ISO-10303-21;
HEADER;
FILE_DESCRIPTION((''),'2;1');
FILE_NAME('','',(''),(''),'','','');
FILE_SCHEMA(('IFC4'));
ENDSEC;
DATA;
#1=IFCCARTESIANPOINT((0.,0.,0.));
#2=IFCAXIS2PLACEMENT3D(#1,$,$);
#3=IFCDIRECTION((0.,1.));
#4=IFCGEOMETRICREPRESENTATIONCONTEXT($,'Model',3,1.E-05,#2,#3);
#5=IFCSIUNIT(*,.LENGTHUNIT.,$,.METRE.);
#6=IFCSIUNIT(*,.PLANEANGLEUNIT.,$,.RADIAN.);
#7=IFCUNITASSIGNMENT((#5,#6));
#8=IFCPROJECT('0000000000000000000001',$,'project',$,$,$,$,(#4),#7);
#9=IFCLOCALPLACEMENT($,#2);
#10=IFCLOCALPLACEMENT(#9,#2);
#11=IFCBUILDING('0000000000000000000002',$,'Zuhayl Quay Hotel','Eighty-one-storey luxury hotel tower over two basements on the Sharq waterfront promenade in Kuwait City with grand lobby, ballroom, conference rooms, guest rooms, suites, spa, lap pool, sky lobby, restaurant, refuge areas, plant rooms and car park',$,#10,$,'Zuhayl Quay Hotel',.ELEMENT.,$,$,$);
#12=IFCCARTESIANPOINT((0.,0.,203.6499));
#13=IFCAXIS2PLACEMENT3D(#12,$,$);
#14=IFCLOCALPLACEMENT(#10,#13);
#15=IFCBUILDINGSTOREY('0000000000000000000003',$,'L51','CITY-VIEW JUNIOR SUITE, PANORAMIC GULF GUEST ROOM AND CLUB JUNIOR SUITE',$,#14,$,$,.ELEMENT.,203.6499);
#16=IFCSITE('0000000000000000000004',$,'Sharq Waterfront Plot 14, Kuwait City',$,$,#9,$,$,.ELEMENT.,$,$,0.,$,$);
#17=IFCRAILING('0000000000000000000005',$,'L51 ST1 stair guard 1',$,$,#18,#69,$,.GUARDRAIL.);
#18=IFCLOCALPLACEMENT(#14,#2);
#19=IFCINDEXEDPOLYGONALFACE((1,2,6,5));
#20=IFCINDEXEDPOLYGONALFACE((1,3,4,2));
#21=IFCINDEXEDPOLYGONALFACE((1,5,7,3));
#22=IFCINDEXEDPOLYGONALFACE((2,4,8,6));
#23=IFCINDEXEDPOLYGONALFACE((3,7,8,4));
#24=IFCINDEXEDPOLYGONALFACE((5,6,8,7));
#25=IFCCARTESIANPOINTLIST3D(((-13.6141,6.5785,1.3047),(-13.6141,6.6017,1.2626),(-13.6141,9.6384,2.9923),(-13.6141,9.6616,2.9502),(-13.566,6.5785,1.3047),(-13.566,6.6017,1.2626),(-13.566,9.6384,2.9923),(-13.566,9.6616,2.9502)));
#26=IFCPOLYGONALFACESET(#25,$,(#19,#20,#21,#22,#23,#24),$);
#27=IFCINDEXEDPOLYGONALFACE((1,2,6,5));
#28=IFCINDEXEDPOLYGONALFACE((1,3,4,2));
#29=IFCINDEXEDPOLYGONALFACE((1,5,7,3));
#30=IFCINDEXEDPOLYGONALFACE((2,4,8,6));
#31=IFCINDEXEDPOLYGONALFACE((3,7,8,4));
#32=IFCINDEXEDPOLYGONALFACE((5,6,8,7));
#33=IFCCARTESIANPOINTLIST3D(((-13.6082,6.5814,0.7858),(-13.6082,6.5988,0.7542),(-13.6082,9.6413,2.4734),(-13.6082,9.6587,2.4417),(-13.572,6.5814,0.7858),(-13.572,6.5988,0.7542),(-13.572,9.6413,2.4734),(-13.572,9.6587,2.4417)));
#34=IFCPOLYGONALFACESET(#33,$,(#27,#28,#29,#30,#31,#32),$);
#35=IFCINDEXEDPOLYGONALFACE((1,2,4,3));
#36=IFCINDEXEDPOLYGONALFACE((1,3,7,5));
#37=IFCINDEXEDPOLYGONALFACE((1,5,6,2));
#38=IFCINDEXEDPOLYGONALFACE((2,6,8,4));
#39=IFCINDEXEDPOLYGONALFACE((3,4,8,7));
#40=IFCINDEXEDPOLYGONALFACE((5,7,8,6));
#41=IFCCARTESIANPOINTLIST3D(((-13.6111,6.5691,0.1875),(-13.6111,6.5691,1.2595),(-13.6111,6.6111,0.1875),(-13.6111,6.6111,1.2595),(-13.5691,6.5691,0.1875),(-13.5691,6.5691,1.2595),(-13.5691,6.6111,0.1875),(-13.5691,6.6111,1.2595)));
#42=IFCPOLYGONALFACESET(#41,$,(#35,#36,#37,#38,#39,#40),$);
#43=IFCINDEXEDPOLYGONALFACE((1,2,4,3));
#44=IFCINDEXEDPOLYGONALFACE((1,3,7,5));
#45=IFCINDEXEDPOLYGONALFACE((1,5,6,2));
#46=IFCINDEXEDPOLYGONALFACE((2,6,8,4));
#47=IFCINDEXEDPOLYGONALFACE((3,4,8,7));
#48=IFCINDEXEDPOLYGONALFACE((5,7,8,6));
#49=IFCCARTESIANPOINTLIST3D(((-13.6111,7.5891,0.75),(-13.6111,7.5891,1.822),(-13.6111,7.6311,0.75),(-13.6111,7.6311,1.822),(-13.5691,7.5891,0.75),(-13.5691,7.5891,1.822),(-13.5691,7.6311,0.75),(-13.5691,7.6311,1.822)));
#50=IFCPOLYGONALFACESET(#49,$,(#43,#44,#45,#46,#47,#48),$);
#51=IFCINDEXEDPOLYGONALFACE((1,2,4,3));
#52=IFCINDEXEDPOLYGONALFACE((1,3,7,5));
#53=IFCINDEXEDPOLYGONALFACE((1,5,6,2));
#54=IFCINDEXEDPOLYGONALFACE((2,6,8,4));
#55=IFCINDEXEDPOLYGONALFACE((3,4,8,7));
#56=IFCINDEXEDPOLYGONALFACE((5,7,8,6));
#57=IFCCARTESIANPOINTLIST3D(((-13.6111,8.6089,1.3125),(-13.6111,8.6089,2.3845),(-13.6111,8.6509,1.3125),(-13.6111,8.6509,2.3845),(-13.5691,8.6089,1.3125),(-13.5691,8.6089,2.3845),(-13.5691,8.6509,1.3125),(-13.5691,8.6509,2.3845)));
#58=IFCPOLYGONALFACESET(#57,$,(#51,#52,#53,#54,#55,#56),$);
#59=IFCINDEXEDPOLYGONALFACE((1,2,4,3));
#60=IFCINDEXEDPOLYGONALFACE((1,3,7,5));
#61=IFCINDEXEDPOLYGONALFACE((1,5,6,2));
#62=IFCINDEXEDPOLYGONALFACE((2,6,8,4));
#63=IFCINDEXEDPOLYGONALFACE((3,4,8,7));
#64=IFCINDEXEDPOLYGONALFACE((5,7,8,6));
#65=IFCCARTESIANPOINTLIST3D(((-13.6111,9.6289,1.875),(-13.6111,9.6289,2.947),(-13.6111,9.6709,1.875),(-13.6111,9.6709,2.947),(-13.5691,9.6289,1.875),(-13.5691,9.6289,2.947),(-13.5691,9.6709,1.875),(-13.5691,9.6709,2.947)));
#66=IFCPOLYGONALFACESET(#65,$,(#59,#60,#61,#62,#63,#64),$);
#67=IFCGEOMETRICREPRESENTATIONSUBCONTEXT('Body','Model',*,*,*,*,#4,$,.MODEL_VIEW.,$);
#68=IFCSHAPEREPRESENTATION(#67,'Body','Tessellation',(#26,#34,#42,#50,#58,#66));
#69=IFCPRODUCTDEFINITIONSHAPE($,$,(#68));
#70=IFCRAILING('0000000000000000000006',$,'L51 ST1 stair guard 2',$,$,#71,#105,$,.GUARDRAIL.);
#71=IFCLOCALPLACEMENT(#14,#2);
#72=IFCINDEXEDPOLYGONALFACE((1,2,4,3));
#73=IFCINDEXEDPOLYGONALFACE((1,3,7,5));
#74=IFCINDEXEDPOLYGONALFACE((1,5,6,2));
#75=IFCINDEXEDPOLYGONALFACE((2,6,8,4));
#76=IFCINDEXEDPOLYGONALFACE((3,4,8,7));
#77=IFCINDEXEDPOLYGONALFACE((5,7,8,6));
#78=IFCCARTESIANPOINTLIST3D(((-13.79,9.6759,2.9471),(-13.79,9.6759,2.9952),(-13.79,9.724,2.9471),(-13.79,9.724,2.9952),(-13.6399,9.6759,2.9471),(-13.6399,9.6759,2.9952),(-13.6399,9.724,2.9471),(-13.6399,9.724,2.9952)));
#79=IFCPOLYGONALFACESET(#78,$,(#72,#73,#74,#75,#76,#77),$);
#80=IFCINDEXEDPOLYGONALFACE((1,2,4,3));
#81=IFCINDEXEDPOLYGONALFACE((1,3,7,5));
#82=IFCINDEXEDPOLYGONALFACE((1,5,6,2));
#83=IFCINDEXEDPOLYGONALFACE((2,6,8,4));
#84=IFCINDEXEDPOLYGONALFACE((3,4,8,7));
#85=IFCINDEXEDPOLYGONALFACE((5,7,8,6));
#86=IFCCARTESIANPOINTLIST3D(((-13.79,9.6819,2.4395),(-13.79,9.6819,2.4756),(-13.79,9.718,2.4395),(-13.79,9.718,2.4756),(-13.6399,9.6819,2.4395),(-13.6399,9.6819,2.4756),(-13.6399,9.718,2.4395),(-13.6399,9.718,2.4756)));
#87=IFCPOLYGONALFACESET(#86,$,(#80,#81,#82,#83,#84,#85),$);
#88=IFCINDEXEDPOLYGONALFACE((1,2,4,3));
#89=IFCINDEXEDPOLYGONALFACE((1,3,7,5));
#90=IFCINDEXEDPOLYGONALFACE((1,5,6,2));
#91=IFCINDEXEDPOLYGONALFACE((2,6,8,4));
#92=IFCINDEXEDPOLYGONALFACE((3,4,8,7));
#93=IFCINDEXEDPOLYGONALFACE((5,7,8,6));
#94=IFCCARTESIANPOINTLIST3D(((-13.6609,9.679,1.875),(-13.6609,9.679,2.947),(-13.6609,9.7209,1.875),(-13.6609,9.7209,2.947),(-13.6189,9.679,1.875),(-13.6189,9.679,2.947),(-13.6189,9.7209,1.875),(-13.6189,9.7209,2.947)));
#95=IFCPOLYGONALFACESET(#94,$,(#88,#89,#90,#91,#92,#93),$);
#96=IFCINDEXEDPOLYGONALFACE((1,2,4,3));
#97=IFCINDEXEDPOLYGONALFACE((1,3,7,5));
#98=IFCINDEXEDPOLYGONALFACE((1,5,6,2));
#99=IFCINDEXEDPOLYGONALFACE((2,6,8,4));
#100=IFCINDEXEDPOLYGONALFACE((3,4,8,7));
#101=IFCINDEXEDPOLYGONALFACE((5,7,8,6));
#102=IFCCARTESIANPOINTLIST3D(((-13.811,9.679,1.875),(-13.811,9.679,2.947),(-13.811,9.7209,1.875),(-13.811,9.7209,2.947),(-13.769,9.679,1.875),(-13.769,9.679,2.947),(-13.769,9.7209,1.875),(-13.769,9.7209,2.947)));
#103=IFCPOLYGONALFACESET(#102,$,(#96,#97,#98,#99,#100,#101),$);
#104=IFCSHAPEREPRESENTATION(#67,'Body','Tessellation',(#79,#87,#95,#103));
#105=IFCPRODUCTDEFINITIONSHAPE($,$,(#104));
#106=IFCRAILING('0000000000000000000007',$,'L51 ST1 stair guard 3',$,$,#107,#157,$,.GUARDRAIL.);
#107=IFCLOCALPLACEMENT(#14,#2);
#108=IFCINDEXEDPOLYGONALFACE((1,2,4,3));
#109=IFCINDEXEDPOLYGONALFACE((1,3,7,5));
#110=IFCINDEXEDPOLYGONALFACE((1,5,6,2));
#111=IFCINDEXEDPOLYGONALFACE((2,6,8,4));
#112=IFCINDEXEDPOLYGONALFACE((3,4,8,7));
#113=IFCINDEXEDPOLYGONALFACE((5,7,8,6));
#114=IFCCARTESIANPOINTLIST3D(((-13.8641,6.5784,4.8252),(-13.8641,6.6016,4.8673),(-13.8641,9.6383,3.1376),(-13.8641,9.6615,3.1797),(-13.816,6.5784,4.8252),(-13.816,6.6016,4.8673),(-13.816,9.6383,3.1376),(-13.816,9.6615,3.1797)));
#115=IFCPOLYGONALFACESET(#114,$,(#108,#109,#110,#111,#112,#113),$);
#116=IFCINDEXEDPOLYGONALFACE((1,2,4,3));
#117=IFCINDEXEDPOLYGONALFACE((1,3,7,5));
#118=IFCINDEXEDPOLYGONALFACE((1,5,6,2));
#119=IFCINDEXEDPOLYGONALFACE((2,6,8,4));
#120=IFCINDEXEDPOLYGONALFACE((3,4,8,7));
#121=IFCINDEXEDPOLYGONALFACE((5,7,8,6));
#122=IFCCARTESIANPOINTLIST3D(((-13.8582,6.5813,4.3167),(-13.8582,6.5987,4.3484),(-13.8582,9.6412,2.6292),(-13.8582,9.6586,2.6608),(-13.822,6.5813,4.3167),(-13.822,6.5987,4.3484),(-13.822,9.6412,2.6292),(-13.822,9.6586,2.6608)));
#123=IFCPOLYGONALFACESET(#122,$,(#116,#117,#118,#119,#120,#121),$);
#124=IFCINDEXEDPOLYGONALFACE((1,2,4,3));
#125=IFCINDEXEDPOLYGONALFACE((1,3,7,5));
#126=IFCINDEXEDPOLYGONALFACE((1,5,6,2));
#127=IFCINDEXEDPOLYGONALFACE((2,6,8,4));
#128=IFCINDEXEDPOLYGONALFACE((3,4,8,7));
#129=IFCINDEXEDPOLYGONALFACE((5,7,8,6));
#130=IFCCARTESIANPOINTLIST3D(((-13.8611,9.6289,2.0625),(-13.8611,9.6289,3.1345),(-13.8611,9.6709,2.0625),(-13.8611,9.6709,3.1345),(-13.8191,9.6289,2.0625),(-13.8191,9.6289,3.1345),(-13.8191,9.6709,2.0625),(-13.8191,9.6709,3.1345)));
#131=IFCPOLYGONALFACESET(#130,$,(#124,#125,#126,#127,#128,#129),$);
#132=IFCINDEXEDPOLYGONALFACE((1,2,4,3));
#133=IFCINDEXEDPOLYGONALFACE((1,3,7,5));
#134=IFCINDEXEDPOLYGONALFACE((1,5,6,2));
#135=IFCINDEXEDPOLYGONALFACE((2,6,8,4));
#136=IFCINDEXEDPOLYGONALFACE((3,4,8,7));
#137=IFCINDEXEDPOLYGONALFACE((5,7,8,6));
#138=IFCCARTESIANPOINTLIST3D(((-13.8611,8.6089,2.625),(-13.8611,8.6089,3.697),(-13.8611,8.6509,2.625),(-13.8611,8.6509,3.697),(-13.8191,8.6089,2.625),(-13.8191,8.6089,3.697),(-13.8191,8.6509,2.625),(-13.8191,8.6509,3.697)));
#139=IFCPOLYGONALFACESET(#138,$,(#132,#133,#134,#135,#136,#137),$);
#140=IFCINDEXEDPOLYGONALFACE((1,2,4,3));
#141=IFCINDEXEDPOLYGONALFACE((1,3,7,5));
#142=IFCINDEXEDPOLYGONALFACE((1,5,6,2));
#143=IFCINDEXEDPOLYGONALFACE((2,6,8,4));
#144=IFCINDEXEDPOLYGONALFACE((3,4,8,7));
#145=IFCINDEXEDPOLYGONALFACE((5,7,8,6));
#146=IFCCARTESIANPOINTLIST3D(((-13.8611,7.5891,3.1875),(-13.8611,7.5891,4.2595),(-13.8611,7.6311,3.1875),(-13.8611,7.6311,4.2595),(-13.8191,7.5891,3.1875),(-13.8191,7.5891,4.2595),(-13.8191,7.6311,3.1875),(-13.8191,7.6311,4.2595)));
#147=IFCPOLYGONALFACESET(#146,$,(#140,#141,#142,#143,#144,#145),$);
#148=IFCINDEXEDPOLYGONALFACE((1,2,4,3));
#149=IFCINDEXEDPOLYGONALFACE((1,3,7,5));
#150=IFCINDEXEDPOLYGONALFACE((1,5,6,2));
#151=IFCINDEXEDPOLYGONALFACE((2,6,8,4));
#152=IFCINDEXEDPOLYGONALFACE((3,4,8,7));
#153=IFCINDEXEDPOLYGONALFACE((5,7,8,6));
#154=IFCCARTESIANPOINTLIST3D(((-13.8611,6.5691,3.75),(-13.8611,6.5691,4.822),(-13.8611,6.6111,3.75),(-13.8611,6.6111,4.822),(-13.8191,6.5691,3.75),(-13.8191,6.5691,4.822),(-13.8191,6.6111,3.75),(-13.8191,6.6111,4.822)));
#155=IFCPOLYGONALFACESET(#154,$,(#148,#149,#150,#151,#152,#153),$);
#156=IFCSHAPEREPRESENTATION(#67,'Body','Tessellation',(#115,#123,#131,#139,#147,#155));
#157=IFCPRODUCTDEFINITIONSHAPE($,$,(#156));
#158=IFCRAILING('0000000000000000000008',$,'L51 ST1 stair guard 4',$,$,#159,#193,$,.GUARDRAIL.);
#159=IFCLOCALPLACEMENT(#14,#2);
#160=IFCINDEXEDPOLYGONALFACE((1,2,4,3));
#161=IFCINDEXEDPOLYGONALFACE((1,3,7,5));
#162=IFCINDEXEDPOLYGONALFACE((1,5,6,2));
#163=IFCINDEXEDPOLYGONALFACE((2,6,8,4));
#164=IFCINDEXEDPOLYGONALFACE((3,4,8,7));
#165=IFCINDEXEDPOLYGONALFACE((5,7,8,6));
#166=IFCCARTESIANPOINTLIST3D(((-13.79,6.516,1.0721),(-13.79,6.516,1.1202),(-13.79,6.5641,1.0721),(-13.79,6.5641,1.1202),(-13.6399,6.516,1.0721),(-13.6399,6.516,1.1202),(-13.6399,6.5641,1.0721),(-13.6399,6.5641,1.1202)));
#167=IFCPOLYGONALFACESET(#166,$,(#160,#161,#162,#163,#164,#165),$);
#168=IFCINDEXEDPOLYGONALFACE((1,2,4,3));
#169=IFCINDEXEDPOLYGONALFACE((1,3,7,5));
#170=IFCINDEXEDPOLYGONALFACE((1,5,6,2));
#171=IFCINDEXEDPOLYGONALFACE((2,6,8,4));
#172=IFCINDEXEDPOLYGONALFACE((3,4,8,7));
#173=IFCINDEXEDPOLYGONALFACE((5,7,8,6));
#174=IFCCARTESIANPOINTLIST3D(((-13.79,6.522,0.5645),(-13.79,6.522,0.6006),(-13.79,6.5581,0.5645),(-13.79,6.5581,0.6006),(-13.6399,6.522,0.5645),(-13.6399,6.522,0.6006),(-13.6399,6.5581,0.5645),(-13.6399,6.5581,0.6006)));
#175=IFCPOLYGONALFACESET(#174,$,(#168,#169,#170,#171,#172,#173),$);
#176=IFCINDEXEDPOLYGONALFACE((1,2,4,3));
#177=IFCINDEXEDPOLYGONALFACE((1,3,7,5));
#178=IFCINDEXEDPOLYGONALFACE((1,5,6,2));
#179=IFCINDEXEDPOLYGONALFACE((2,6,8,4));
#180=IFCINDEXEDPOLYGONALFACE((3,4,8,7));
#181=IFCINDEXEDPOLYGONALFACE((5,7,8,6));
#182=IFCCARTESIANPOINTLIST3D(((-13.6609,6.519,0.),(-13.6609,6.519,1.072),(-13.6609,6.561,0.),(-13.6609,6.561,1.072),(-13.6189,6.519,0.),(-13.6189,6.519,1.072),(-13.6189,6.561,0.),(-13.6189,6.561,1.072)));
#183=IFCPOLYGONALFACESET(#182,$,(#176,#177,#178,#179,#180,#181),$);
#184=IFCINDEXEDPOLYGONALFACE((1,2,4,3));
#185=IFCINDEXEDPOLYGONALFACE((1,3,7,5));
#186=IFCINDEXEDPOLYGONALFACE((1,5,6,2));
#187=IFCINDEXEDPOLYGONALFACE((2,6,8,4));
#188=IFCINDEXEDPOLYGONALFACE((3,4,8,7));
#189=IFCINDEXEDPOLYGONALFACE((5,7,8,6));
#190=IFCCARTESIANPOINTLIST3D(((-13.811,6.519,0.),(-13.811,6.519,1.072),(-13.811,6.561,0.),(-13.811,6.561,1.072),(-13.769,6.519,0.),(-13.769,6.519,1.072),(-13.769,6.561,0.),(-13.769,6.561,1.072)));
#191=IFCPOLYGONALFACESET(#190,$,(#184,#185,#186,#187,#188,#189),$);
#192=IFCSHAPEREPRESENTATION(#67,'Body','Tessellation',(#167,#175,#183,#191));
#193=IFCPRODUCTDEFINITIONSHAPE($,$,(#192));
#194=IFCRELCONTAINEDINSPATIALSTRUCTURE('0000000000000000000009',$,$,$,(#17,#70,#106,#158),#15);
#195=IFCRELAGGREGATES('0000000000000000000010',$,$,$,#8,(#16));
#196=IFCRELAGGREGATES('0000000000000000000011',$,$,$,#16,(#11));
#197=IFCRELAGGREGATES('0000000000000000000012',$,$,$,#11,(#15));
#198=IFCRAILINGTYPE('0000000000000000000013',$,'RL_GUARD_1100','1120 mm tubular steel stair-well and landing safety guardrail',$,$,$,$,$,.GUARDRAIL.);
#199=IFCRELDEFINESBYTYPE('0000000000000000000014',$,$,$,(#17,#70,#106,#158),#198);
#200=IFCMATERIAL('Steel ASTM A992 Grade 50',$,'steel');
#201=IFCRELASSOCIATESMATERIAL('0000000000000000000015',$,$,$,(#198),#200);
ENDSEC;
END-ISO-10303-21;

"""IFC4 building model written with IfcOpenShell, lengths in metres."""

from ifc_helpers import new_model, si_unit, direction, frame, origin, origin_2d, place, context, subcontext, project, spatial, rectangle, extrude, material, type_object, element, save


model = new_model("IFC4")

# Units and contexts
model_context = context("Model", 3, precision=1e-05, world=origin(), true_north=direction((0.0, 1.0)))
body_context = subcontext(model_context, "Body", "Model", "MODEL_VIEW")
ifc_project = project(units=[si_unit("LENGTHUNIT", "METRE"), si_unit("PLANEANGLEUNIT", "RADIAN")], contexts=[model_context])

# Site, building, storey
site_placement = place(None, origin())
site = spatial("IfcSite", under=ifc_project, at=site_placement, Name="Sharq Waterfront Plot 14, Kuwait City", CompositionType="ELEMENT", RefElevation=0.0)
building_placement = place(site_placement, origin())
building = spatial("IfcBuilding", under=site, at=building_placement, Name="Zuhayl Quay Hotel", Description="Eighty-one-storey luxury hotel tower over two basements on the Sharq waterfront promenade in Kuwait City with grand lobby, ballroom, conference rooms, guest rooms, suites, spa, lap pool, sky lobby, restaurant, refuge areas, plant rooms and car park", LongName="Zuhayl Quay Hotel", CompositionType="ELEMENT")
storey_placement = place(building_placement, frame((0.0, 0.0, 203.6499)))
storey = spatial("IfcBuildingStorey", under=building, at=storey_placement, Name="L51", Description="CITY-VIEW JUNIOR SUITE, PANORAMIC GULF GUEST ROOM AND CLUB JUNIOR SUITE", CompositionType="ELEMENT", Elevation=203.6499)

# Shared definitions
ifc_material_1 = material(Name="Steel ASTM A992 Grade 50", Category="steel")

# Railings
railing_type_1 = type_object("IfcRailingType", Name="RL_GUARD_1100", Description="1120 mm tubular steel stair-well and landing safety guardrail", PredefinedType="GUARDRAIL", material=ifc_material_1)
railing_1_placement = place(storey_placement, frame((-13.5901, 6.5901, 0.1875)))
element("IfcRailing", 1, at=railing_1_placement, inside=storey, type_object=railing_type_1, Name="L51 ST1 stair guard 1", PredefinedType="GUARDRAIL", context=body_context, shape_type="SweptSolid", body=[
    extrude(rectangle(XDim=0.0481, YDim=0.0481, at=origin_2d()), frame((0.0, 0.0, 1.0962), z_axis=(0.0, 0.875659, 0.48293), x_axis=(-1.0, 0.0, 0.0)), (0.0, 0.0, 1.0), 3.4944),
    extrude(rectangle(XDim=0.0361, YDim=0.0361, at=origin_2d()), frame((0.0, 0.0, 0.5825), z_axis=(0.0, 0.875659, 0.48293), x_axis=(-1.0, 0.0, 0.0)), (0.0, 0.0, 1.0), 3.4944),
    extrude(rectangle(XDim=0.042, YDim=0.042, at=origin_2d()), origin(), (0.0, 0.0, 1.0), 1.072),
    extrude(rectangle(XDim=0.042, YDim=0.042, at=origin_2d()), frame((0.0, 1.02, 0.5625)), (0.0, 0.0, 1.0), 1.072),
    extrude(rectangle(XDim=0.042, YDim=0.042, at=origin_2d()), frame((0.0, 2.0398, 1.125)), (0.0, 0.0, 1.0), 1.072),
    extrude(rectangle(XDim=0.042, YDim=0.042, at=origin_2d()), frame((0.0, 3.0598, 1.6875)), (0.0, 0.0, 1.0), 1.072),
])
railing_2_placement = place(storey_placement, frame((-13.6399, 9.7, 1.875)))
element("IfcRailing", 2, at=railing_2_placement, inside=storey, type_object=railing_type_1, Name="L51 ST1 stair guard 2", PredefinedType="GUARDRAIL", context=body_context, shape_type="SweptSolid", body=[
    extrude(rectangle(XDim=0.0481, YDim=0.0481, at=origin_2d()), frame((0.0, 0.0, 1.0962), z_axis=(-1.0, 0.0, 0.0), x_axis=(0.0, -1.0, 0.0)), (0.0, 0.0, 1.0), 0.1501),
    extrude(rectangle(XDim=0.0361, YDim=0.0361, at=origin_2d()), frame((0.0, 0.0, 0.5825), z_axis=(-1.0, 0.0, 0.0), x_axis=(0.0, -1.0, 0.0)), (0.0, 0.0, 1.0), 0.1501),
    extrude(rectangle(XDim=0.042, YDim=0.042, at=origin_2d()), origin(), (0.0, 0.0, 1.0), 1.072),
    extrude(rectangle(XDim=0.042, YDim=0.042, at=origin_2d()), frame((-0.1501, 0.0, 0.0)), (0.0, 0.0, 1.0), 1.072),
])
railing_3_placement = place(storey_placement, frame((-13.8401, 9.6499, 2.0625)))
element("IfcRailing", 3, at=railing_3_placement, inside=storey, type_object=railing_type_1, Name="L51 ST1 stair guard 3", PredefinedType="GUARDRAIL", context=body_context, shape_type="SweptSolid", body=[
    extrude(rectangle(XDim=0.0481, YDim=0.0481, at=origin_2d()), frame((0.0, 0.0, 1.0962), z_axis=(0.0, -0.875659, 0.48293), x_axis=(1.0, 0.0, 0.0)), (0.0, 0.0, 1.0), 3.4944),
    extrude(rectangle(XDim=0.0361, YDim=0.0361, at=origin_2d()), frame((0.0, 0.0, 0.5825), z_axis=(0.0, -0.875659, 0.48293), x_axis=(1.0, 0.0, 0.0)), (0.0, 0.0, 1.0), 3.4944),
    extrude(rectangle(XDim=0.042, YDim=0.042, at=origin_2d()), origin(), (0.0, 0.0, 1.0), 1.072),
    extrude(rectangle(XDim=0.042, YDim=0.042, at=origin_2d()), frame((0.0, -1.02, 0.5625)), (0.0, 0.0, 1.0), 1.072),
    extrude(rectangle(XDim=0.042, YDim=0.042, at=origin_2d()), frame((0.0, -2.0398, 1.125)), (0.0, 0.0, 1.0), 1.072),
    extrude(rectangle(XDim=0.042, YDim=0.042, at=origin_2d()), frame((0.0, -3.0598, 1.6875)), (0.0, 0.0, 1.0), 1.072),
])
railing_4_placement = place(storey_placement, frame((-13.6399, 6.54, 0.0)))
element("IfcRailing", 4, at=railing_4_placement, inside=storey, type_object=railing_type_1, Name="L51 ST1 stair guard 4", PredefinedType="GUARDRAIL", context=body_context, shape_type="SweptSolid", body=[
    extrude(rectangle(XDim=0.0481, YDim=0.0481, at=origin_2d()), frame((0.0, 0.0, 1.0962), z_axis=(-1.0, 0.0, 0.0), x_axis=(0.0, -1.0, 0.0)), (0.0, 0.0, 1.0), 0.1501),
    extrude(rectangle(XDim=0.0361, YDim=0.0361, at=origin_2d()), frame((0.0, 0.0, 0.5825), z_axis=(-1.0, 0.0, 0.0), x_axis=(0.0, -1.0, 0.0)), (0.0, 0.0, 1.0), 0.1501),
    extrude(rectangle(XDim=0.042, YDim=0.042, at=origin_2d()), origin(), (0.0, 0.0, 1.0), 1.072),
    extrude(rectangle(XDim=0.042, YDim=0.042, at=origin_2d()), frame((-0.1501, 0.0, 0.0)), (0.0, 0.0, 1.0), 1.072),
])

save(model, "model.ifc")
